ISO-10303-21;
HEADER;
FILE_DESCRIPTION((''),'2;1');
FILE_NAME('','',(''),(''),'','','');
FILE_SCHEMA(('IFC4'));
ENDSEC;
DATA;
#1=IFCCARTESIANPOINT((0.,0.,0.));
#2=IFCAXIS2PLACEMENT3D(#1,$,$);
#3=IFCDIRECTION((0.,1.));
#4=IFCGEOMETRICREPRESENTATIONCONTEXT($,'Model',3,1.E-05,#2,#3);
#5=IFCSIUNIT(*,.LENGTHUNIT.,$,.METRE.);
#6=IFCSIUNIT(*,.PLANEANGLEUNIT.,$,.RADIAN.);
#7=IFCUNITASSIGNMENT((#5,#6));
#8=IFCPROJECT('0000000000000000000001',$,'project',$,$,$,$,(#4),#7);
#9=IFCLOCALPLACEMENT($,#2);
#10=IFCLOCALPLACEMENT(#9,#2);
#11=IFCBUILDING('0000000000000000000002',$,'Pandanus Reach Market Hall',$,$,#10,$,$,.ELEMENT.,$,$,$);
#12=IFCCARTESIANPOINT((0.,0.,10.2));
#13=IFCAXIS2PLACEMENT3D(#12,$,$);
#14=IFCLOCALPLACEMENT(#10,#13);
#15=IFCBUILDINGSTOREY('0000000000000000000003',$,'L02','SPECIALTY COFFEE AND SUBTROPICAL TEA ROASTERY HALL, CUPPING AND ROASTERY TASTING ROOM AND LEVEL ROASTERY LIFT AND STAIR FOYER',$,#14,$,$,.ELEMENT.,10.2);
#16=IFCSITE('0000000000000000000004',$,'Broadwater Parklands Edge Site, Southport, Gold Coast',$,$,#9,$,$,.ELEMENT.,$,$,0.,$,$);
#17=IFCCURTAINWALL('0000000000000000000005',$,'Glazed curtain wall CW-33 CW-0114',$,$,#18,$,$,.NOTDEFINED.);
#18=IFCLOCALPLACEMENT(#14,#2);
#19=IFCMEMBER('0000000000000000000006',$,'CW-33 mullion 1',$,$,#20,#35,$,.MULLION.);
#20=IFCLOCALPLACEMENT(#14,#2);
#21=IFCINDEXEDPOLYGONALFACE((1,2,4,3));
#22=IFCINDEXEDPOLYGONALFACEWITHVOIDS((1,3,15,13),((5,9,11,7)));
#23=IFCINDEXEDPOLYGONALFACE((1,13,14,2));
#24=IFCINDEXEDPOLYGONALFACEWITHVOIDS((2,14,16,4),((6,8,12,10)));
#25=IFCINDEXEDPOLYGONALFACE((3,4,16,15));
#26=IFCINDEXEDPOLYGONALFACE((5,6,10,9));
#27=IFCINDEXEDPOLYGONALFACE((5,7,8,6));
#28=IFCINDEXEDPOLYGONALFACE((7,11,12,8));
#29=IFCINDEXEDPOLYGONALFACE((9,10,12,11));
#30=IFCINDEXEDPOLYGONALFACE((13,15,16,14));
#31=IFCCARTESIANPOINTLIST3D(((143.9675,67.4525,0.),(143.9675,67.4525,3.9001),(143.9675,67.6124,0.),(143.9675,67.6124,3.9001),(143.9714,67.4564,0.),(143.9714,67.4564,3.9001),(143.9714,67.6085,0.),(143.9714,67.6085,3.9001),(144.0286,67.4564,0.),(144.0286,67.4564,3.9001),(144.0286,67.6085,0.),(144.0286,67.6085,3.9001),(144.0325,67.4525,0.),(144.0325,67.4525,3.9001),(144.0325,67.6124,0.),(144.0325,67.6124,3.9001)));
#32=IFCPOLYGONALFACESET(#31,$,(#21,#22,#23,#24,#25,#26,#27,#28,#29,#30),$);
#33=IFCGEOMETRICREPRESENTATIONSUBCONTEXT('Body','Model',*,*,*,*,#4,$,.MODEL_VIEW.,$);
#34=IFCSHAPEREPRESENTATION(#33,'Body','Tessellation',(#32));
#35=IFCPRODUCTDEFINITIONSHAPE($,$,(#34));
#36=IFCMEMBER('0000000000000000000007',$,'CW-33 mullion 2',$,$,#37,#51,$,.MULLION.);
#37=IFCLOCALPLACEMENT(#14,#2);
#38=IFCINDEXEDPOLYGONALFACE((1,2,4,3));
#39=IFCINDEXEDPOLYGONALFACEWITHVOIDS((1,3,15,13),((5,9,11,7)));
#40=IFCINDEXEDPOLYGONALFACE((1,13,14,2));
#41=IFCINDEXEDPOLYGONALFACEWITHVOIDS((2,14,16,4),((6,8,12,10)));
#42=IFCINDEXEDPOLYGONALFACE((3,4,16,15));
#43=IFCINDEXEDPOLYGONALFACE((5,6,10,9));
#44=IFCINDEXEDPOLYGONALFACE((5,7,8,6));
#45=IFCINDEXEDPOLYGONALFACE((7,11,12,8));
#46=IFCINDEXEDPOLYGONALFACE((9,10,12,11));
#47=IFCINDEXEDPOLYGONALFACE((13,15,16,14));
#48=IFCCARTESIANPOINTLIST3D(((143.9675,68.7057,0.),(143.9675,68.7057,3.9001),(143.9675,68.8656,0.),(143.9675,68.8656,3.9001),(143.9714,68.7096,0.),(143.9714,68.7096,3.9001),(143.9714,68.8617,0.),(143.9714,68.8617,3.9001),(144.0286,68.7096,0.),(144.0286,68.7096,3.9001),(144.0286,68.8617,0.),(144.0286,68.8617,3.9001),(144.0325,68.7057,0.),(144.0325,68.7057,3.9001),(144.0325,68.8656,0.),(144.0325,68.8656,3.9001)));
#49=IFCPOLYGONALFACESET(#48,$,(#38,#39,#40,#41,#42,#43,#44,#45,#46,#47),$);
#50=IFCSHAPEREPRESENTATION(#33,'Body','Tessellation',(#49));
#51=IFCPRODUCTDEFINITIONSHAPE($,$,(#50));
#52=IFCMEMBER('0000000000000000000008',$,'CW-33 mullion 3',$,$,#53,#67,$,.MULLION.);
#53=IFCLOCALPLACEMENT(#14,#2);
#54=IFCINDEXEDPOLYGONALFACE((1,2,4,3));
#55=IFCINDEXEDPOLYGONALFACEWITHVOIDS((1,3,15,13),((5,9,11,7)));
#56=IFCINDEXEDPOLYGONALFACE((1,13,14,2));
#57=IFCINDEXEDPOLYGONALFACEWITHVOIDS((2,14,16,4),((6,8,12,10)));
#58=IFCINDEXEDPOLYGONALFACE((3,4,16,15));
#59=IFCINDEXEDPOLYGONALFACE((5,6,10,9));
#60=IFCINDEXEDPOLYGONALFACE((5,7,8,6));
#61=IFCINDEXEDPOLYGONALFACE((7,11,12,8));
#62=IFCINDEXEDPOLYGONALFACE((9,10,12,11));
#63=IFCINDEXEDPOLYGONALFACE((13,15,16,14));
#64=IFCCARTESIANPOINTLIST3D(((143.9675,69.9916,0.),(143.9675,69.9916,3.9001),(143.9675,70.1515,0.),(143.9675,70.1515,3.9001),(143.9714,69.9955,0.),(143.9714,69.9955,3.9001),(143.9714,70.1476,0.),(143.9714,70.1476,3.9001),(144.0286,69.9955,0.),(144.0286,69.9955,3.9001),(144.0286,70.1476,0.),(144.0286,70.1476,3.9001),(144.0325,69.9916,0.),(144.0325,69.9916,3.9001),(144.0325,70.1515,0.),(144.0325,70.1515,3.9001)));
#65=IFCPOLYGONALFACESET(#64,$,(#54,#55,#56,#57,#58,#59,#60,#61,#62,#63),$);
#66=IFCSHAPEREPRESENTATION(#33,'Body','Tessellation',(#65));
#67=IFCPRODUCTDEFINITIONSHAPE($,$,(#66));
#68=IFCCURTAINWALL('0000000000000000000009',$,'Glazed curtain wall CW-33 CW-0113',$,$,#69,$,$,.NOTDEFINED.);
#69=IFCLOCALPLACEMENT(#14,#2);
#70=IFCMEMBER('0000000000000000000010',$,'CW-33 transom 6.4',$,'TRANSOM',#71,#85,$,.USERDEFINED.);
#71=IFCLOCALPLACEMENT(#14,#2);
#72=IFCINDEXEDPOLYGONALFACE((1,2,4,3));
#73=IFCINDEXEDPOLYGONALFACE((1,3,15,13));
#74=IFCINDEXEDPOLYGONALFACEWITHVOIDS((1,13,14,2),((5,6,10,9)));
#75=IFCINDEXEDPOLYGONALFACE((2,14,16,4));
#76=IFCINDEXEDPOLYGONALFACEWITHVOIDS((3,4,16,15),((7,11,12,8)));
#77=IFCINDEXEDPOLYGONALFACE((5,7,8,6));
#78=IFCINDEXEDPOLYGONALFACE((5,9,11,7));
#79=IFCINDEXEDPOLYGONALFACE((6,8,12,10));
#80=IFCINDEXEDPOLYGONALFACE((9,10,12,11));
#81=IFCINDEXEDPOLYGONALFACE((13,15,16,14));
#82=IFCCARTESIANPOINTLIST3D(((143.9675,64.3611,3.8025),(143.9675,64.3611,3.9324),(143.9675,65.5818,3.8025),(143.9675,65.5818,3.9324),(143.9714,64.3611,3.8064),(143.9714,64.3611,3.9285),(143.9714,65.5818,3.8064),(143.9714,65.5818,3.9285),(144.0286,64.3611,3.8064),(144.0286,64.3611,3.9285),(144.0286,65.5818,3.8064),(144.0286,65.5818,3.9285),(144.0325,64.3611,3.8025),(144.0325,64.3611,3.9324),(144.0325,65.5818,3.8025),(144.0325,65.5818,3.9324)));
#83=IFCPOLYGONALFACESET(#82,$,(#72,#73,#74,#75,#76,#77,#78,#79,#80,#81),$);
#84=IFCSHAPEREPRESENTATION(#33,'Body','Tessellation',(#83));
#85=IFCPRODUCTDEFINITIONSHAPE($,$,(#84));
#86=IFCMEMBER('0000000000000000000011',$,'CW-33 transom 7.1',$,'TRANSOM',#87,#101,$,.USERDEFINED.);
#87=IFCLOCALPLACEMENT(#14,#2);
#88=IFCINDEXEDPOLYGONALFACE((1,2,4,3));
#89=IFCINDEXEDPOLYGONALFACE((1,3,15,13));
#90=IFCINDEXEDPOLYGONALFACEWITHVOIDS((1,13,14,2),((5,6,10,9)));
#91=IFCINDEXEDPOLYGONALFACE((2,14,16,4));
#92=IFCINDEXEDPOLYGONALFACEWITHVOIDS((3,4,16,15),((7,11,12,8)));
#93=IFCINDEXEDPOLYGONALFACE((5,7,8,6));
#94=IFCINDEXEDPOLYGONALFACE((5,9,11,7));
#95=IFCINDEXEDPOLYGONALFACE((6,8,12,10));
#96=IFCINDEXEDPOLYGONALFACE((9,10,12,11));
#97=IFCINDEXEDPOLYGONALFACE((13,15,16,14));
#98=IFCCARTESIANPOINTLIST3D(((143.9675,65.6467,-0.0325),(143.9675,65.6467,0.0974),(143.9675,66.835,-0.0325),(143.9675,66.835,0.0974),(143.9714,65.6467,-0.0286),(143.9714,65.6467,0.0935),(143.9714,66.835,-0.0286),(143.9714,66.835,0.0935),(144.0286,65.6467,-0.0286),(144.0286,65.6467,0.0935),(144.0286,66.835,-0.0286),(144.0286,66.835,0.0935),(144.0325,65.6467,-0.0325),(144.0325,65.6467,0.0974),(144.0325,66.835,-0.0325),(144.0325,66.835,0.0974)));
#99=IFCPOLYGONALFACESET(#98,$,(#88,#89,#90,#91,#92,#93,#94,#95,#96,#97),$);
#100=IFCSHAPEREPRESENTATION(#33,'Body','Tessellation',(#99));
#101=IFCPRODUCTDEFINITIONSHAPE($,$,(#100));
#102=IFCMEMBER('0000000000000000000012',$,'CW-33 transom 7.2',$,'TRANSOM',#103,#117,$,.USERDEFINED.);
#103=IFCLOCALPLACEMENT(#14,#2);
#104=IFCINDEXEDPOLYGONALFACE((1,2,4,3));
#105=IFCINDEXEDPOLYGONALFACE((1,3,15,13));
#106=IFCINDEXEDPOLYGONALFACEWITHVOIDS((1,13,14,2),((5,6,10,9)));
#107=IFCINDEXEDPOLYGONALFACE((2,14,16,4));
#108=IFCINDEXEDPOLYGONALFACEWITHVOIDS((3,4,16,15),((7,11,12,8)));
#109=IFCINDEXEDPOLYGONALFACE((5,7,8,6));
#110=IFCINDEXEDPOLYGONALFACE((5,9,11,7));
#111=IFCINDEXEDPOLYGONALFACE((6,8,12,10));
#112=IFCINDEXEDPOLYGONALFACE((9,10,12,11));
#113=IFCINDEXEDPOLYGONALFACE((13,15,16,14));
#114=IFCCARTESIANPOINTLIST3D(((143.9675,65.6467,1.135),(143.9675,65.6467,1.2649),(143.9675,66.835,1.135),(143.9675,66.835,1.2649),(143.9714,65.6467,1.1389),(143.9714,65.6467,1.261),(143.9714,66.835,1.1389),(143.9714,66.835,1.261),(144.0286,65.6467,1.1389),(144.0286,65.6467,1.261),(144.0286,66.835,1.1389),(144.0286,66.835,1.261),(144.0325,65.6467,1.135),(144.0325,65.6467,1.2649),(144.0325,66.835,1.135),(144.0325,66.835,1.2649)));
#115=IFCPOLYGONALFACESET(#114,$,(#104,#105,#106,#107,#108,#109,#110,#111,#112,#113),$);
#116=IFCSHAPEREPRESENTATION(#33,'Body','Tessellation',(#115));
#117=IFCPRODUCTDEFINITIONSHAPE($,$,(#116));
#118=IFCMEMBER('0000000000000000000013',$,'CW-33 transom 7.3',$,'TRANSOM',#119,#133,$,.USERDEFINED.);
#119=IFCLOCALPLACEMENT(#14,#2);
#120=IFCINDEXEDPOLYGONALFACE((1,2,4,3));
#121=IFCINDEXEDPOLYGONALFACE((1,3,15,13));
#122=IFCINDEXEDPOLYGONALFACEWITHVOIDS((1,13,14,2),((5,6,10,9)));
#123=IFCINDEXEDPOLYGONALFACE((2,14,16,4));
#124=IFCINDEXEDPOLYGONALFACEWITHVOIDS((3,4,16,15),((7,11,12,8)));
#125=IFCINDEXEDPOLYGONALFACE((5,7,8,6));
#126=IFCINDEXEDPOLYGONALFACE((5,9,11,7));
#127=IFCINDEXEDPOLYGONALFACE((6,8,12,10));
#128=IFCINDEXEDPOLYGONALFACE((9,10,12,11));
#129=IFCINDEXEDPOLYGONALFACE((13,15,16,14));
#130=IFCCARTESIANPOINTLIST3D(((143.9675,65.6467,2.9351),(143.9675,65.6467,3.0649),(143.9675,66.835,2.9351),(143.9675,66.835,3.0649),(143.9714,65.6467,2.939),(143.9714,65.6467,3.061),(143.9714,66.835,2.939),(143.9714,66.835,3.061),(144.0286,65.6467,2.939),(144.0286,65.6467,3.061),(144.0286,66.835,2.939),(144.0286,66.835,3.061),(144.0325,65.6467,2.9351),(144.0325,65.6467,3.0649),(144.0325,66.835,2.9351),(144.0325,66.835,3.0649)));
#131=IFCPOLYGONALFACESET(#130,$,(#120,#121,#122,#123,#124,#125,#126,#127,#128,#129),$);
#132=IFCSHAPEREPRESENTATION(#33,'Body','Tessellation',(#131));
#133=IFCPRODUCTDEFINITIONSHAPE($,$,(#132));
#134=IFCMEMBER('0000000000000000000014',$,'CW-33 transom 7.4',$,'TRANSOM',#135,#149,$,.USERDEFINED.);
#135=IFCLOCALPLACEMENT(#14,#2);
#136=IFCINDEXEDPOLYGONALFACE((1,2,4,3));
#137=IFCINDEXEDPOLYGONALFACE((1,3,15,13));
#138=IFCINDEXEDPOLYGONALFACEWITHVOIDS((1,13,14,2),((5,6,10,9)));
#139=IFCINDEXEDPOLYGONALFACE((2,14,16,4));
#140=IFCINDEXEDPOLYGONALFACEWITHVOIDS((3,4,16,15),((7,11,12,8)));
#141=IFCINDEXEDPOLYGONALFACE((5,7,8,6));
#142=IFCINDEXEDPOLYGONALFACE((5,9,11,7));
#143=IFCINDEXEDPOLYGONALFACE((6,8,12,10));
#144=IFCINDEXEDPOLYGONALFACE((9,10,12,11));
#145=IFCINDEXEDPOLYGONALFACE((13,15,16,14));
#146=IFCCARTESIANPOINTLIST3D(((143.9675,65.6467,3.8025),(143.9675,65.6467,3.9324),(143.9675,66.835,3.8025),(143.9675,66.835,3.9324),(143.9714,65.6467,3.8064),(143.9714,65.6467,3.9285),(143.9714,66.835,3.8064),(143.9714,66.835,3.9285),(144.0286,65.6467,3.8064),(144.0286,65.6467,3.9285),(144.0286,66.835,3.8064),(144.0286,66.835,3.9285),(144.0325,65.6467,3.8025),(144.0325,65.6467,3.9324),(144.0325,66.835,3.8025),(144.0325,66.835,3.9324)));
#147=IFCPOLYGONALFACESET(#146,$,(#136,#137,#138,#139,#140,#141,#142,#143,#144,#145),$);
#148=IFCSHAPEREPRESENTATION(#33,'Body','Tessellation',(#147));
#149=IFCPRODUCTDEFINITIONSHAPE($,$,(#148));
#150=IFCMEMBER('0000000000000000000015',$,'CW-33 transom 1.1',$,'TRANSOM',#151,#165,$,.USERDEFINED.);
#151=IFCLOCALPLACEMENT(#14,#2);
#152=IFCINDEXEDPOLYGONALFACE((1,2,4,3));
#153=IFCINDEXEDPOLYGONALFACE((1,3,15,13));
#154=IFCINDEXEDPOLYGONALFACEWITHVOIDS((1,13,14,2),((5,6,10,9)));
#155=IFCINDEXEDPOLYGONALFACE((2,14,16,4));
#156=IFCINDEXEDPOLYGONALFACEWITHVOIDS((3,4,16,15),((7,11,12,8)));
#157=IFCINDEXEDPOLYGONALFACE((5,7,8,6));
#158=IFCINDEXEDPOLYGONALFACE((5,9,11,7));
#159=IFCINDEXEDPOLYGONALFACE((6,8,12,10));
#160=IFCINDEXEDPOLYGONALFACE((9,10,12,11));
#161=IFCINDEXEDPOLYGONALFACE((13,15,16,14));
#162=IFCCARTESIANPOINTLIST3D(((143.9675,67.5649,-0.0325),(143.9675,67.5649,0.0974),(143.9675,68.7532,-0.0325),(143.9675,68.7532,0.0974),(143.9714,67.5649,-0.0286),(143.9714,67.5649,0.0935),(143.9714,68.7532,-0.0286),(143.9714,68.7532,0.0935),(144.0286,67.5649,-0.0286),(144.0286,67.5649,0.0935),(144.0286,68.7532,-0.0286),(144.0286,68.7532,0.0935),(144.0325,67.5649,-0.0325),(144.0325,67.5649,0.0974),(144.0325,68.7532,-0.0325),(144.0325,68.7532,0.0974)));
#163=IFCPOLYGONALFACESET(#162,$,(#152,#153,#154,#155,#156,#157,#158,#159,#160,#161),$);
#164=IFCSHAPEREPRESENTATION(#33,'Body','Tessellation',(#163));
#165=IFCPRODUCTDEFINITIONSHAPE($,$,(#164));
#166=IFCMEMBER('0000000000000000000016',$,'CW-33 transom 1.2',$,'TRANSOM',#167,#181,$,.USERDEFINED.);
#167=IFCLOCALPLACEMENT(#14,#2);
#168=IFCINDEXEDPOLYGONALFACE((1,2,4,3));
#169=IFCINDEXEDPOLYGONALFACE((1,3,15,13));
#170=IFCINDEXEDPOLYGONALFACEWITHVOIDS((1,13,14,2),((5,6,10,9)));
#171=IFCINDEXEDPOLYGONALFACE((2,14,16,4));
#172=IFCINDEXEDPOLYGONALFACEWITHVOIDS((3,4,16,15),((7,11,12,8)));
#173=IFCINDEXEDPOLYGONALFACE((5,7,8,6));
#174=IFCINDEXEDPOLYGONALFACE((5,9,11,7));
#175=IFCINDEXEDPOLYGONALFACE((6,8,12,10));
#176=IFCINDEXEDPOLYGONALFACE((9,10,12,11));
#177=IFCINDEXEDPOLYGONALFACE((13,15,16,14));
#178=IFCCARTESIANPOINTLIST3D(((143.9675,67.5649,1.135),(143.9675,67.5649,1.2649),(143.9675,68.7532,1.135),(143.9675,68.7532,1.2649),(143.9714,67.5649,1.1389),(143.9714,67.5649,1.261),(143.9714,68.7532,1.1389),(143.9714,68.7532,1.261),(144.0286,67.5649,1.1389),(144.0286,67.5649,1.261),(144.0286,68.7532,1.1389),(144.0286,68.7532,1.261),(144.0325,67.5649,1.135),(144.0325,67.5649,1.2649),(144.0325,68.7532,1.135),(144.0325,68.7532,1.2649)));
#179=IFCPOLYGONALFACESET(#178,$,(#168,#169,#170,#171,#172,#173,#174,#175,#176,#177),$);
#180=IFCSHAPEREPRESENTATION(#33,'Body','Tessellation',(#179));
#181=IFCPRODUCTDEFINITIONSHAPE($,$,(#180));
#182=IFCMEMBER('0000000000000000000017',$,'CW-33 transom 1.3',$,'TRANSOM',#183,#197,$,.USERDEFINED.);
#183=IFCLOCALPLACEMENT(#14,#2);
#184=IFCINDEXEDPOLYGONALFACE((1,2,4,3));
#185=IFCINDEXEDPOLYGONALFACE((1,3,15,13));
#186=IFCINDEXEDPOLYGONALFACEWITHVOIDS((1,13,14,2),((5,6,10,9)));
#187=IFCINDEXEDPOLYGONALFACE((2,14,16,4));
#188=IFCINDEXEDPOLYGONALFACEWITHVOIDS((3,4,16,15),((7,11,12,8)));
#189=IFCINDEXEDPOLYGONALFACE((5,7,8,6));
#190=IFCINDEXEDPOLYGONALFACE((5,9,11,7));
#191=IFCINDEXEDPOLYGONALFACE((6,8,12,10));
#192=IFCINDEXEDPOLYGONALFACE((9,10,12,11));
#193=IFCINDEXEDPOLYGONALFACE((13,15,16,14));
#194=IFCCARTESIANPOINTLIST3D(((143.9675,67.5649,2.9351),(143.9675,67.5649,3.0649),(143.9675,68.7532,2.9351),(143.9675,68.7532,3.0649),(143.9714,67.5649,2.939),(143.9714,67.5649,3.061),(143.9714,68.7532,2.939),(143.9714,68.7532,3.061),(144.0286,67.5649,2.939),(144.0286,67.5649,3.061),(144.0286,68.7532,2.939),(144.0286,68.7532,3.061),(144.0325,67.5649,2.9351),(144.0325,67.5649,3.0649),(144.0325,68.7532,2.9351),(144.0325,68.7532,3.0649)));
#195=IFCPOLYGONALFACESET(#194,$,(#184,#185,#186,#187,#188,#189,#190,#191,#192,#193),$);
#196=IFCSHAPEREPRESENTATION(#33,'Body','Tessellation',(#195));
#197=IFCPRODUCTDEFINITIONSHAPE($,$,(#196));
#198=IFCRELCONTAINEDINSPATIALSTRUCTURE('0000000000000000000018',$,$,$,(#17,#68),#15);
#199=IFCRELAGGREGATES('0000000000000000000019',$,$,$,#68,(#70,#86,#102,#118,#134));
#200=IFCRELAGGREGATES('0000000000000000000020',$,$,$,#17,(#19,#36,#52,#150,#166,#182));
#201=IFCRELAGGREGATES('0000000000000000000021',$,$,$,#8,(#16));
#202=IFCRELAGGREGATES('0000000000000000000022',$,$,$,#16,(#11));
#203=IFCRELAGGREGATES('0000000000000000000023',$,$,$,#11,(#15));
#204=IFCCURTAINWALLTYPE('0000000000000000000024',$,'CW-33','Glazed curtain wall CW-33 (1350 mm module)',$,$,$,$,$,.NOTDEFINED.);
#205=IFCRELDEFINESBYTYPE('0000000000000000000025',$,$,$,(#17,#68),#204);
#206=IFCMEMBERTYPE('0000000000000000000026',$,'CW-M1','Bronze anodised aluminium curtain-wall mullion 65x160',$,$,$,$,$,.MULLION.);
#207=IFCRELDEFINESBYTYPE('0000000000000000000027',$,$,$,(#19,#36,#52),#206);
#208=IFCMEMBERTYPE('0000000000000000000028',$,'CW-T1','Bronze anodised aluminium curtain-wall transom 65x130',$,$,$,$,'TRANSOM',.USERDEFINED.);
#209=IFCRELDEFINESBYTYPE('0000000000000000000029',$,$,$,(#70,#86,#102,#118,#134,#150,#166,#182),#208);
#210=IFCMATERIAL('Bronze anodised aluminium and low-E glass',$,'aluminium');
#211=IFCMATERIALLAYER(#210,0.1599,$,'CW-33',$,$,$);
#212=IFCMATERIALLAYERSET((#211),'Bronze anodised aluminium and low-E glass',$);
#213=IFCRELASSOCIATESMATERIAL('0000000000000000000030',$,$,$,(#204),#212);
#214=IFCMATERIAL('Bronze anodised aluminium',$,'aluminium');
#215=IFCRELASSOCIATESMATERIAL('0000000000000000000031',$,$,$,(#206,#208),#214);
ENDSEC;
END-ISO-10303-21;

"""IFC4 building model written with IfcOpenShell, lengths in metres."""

from ifc_helpers import new_model, si_unit, direction, frame, origin, origin_2d, place, context, subcontext, project, spatial, hollow_rectangle, extrude, material, layer, layer_set, material_profile, profile_set, type_object, element, aggregate, save


model = new_model("IFC4")

# Units and contexts
model_context = context("Model", 3, precision=1e-05, world=origin(), true_north=direction((0.0, 1.0)))
body_context = subcontext(model_context, "Body", "Model", "MODEL_VIEW")
ifc_project = project(units=[si_unit("LENGTHUNIT", "METRE"), si_unit("PLANEANGLEUNIT", "RADIAN")], contexts=[model_context])

# Site, building, storey
site_placement = place(None, origin())
site = spatial("IfcSite", under=ifc_project, at=site_placement, Name="Broadwater Parklands Edge Site, Southport, Gold Coast", CompositionType="ELEMENT", RefElevation=0.0)
building_placement = place(site_placement, origin())
building = spatial("IfcBuilding", under=site, at=building_placement, Name="Pandanus Reach Market Hall", CompositionType="ELEMENT")
storey_placement = place(building_placement, frame((0.0, 0.0, 10.2)))
storey = spatial("IfcBuildingStorey", under=building, at=storey_placement, Name="L02", Description="SPECIALTY COFFEE AND SUBTROPICAL TEA ROASTERY HALL, CUPPING AND ROASTERY TASTING ROOM AND LEVEL ROASTERY LIFT AND STAIR FOYER", CompositionType="ELEMENT", Elevation=10.2)

# Curtain walls, members
ifc_material_1 = material(Name="Bronze anodised aluminium and low-E glass", Category="aluminium")
ifc_layer_1 = layer(ifc_material_1, 0.1599, Name="CW-33")
ifc_layer_set_1 = layer_set([ifc_layer_1], Name="Bronze anodised aluminium and low-E glass")
curtain_wall_type = type_object("IfcCurtainWallType", Name="CW-33", Description="Glazed curtain wall CW-33 (1350 mm module)", PredefinedType="NOTDEFINED", material=ifc_layer_set_1)
curtain_wall_1_placement = place(storey_placement, origin())
curtain_wall_1 = element("IfcCurtainWall", 1, at=curtain_wall_1_placement, inside=storey, type_object=curtain_wall_type, Name="Glazed curtain wall CW-33 CW-0114", PredefinedType="NOTDEFINED")
ifc_material_2 = material(Name="Bronze anodised aluminium", Category="aluminium")
ifc_material_profile_1 = material_profile(ifc_material_2, hollow_rectangle(XDim=0.0649, YDim=0.1599, WallThickness=0.0039, at=origin_2d()), Name="ALU65x160", Category="LoadBearing")
ifc_profile_set_1 = profile_set([ifc_material_profile_1], Name="Bronze anodised aluminium")
member_type_1 = type_object("IfcMemberType", Name="CW-M1", Description="Bronze anodised aluminium curtain-wall mullion 65x160", PredefinedType="MULLION", material=ifc_profile_set_1)
member_1_placement = place(storey_placement, frame((144.0, 67.5325, 0.0), z_axis=(0.0, 0.0, 1.0), x_axis=(-1.0, 0.0, 0.0)))
member_1 = element("IfcMember", 2, at=member_1_placement, type_object=member_type_1, Name="CW-33 mullion 1", PredefinedType="MULLION", context=body_context, shape_type="SweptSolid", body=[
    extrude(hollow_rectangle(XDim=0.0649, YDim=0.1599, WallThickness=0.0039, at=origin_2d()), origin(), (0.0, 0.0, 1.0), 3.9001),
])
member_2_placement = place(storey_placement, frame((144.0, 68.7856, 0.0), z_axis=(0.0, 0.0, 1.0), x_axis=(-1.0, 0.0, 0.0)))
member_2 = element("IfcMember", 3, at=member_2_placement, type_object=member_type_1, Name="CW-33 mullion 2", PredefinedType="MULLION", context=body_context, shape_type="SweptSolid", body=[
    extrude(hollow_rectangle(XDim=0.0649, YDim=0.1599, WallThickness=0.0039, at=origin_2d()), origin(), (0.0, 0.0, 1.0), 3.9001),
])
member_3_placement = place(storey_placement, frame((144.0, 70.0715, 0.0), z_axis=(0.0, 0.0, 1.0), x_axis=(-1.0, 0.0, 0.0)))
member_3 = element("IfcMember", 4, at=member_3_placement, type_object=member_type_1, Name="CW-33 mullion 3", PredefinedType="MULLION", context=body_context, shape_type="SweptSolid", body=[
    extrude(hollow_rectangle(XDim=0.0649, YDim=0.1599, WallThickness=0.0039, at=origin_2d()), origin(), (0.0, 0.0, 1.0), 3.9001),
])
curtain_wall_2_placement = place(storey_placement, origin())
curtain_wall_2 = element("IfcCurtainWall", 5, at=curtain_wall_2_placement, inside=storey, type_object=curtain_wall_type, Name="Glazed curtain wall CW-33 CW-0113", PredefinedType="NOTDEFINED")
ifc_material_profile_2 = material_profile(ifc_material_2, hollow_rectangle(XDim=0.0649, YDim=0.1299, WallThickness=0.0039, at=origin_2d()), Name="ALU65x130", Category="LoadBearing")
ifc_profile_set_2 = profile_set([ifc_material_profile_2], Name="Bronze anodised aluminium")
member_type_2 = type_object("IfcMemberType", Name="CW-T1", Description="Bronze anodised aluminium curtain-wall transom 65x130", ElementType="TRANSOM", PredefinedType="USERDEFINED", material=ifc_profile_set_2)
member_4_placement = place(storey_placement, frame((144.0, 64.3611, 3.8674), z_axis=(0.0, 1.0, 0.0), x_axis=(-1.0, 0.0, 0.0)))
member_4 = element("IfcMember", 6, at=member_4_placement, type_object=member_type_2, Name="CW-33 transom 6.4", ObjectType="TRANSOM", PredefinedType="USERDEFINED", context=body_context, shape_type="SweptSolid", body=[
    extrude(hollow_rectangle(XDim=0.0649, YDim=0.1299, WallThickness=0.0039, at=origin_2d()), origin(), (0.0, 0.0, 1.0), 1.2207),
])
member_5_placement = place(storey_placement, frame((144.0, 65.6467, 0.0325), z_axis=(0.0, 1.0, 0.0), x_axis=(-1.0, 0.0, 0.0)))
member_5 = element("IfcMember", 7, at=member_5_placement, type_object=member_type_2, Name="CW-33 transom 7.1", ObjectType="TRANSOM", PredefinedType="USERDEFINED", context=body_context, shape_type="SweptSolid", body=[
    extrude(hollow_rectangle(XDim=0.0649, YDim=0.1299, WallThickness=0.0039, at=origin_2d()), origin(), (0.0, 0.0, 1.0), 1.1882),
])
member_6_placement = place(storey_placement, frame((144.0, 65.6467, 1.2), z_axis=(0.0, 1.0, 0.0), x_axis=(-1.0, 0.0, 0.0)))
member_6 = element("IfcMember", 8, at=member_6_placement, type_object=member_type_2, Name="CW-33 transom 7.2", ObjectType="TRANSOM", PredefinedType="USERDEFINED", context=body_context, shape_type="SweptSolid", body=[
    extrude(hollow_rectangle(XDim=0.0649, YDim=0.1299, WallThickness=0.0039, at=origin_2d()), origin(), (0.0, 0.0, 1.0), 1.1882),
])
member_7_placement = place(storey_placement, frame((144.0, 65.6467, 3.0), z_axis=(0.0, 1.0, 0.0), x_axis=(-1.0, 0.0, 0.0)))
member_7 = element("IfcMember", 9, at=member_7_placement, type_object=member_type_2, Name="CW-33 transom 7.3", ObjectType="TRANSOM", PredefinedType="USERDEFINED", context=body_context, shape_type="SweptSolid", body=[
    extrude(hollow_rectangle(XDim=0.0649, YDim=0.1299, WallThickness=0.0039, at=origin_2d()), origin(), (0.0, 0.0, 1.0), 1.1882),
])
member_8_placement = place(storey_placement, frame((144.0, 65.6467, 3.8674), z_axis=(0.0, 1.0, 0.0), x_axis=(-1.0, 0.0, 0.0)))
member_8 = element("IfcMember", 10, at=member_8_placement, type_object=member_type_2, Name="CW-33 transom 7.4", ObjectType="TRANSOM", PredefinedType="USERDEFINED", context=body_context, shape_type="SweptSolid", body=[
    extrude(hollow_rectangle(XDim=0.0649, YDim=0.1299, WallThickness=0.0039, at=origin_2d()), origin(), (0.0, 0.0, 1.0), 1.1882),
])

# Members
member_9_placement = place(storey_placement, frame((144.0, 67.5649, 0.0325), z_axis=(0.0, 1.0, 0.0), x_axis=(-1.0, 0.0, 0.0)))
member_9 = element("IfcMember", 11, at=member_9_placement, type_object=member_type_2, Name="CW-33 transom 1.1", ObjectType="TRANSOM", PredefinedType="USERDEFINED", context=body_context, shape_type="SweptSolid", body=[
    extrude(hollow_rectangle(XDim=0.0649, YDim=0.1299, WallThickness=0.0039, at=origin_2d()), origin(), (0.0, 0.0, 1.0), 1.1882),
])
member_10_placement = place(storey_placement, frame((144.0, 67.5649, 1.2), z_axis=(0.0, 1.0, 0.0), x_axis=(-1.0, 0.0, 0.0)))
member_10 = element("IfcMember", 12, at=member_10_placement, type_object=member_type_2, Name="CW-33 transom 1.2", ObjectType="TRANSOM", PredefinedType="USERDEFINED", context=body_context, shape_type="SweptSolid", body=[
    extrude(hollow_rectangle(XDim=0.0649, YDim=0.1299, WallThickness=0.0039, at=origin_2d()), origin(), (0.0, 0.0, 1.0), 1.1882),
])
member_11_placement = place(storey_placement, frame((144.0, 67.5649, 3.0), z_axis=(0.0, 1.0, 0.0), x_axis=(-1.0, 0.0, 0.0)))
member_11 = element("IfcMember", 13, at=member_11_placement, type_object=member_type_2, Name="CW-33 transom 1.3", ObjectType="TRANSOM", PredefinedType="USERDEFINED", context=body_context, shape_type="SweptSolid", body=[
    extrude(hollow_rectangle(XDim=0.0649, YDim=0.1299, WallThickness=0.0039, at=origin_2d()), origin(), (0.0, 0.0, 1.0), 1.1882),
])

aggregate(curtain_wall_2, [member_4, member_5, member_6, member_7, member_8])
aggregate(curtain_wall_1, [member_1, member_2, member_3, member_9, member_10, member_11])

save(model, "model.ifc")
